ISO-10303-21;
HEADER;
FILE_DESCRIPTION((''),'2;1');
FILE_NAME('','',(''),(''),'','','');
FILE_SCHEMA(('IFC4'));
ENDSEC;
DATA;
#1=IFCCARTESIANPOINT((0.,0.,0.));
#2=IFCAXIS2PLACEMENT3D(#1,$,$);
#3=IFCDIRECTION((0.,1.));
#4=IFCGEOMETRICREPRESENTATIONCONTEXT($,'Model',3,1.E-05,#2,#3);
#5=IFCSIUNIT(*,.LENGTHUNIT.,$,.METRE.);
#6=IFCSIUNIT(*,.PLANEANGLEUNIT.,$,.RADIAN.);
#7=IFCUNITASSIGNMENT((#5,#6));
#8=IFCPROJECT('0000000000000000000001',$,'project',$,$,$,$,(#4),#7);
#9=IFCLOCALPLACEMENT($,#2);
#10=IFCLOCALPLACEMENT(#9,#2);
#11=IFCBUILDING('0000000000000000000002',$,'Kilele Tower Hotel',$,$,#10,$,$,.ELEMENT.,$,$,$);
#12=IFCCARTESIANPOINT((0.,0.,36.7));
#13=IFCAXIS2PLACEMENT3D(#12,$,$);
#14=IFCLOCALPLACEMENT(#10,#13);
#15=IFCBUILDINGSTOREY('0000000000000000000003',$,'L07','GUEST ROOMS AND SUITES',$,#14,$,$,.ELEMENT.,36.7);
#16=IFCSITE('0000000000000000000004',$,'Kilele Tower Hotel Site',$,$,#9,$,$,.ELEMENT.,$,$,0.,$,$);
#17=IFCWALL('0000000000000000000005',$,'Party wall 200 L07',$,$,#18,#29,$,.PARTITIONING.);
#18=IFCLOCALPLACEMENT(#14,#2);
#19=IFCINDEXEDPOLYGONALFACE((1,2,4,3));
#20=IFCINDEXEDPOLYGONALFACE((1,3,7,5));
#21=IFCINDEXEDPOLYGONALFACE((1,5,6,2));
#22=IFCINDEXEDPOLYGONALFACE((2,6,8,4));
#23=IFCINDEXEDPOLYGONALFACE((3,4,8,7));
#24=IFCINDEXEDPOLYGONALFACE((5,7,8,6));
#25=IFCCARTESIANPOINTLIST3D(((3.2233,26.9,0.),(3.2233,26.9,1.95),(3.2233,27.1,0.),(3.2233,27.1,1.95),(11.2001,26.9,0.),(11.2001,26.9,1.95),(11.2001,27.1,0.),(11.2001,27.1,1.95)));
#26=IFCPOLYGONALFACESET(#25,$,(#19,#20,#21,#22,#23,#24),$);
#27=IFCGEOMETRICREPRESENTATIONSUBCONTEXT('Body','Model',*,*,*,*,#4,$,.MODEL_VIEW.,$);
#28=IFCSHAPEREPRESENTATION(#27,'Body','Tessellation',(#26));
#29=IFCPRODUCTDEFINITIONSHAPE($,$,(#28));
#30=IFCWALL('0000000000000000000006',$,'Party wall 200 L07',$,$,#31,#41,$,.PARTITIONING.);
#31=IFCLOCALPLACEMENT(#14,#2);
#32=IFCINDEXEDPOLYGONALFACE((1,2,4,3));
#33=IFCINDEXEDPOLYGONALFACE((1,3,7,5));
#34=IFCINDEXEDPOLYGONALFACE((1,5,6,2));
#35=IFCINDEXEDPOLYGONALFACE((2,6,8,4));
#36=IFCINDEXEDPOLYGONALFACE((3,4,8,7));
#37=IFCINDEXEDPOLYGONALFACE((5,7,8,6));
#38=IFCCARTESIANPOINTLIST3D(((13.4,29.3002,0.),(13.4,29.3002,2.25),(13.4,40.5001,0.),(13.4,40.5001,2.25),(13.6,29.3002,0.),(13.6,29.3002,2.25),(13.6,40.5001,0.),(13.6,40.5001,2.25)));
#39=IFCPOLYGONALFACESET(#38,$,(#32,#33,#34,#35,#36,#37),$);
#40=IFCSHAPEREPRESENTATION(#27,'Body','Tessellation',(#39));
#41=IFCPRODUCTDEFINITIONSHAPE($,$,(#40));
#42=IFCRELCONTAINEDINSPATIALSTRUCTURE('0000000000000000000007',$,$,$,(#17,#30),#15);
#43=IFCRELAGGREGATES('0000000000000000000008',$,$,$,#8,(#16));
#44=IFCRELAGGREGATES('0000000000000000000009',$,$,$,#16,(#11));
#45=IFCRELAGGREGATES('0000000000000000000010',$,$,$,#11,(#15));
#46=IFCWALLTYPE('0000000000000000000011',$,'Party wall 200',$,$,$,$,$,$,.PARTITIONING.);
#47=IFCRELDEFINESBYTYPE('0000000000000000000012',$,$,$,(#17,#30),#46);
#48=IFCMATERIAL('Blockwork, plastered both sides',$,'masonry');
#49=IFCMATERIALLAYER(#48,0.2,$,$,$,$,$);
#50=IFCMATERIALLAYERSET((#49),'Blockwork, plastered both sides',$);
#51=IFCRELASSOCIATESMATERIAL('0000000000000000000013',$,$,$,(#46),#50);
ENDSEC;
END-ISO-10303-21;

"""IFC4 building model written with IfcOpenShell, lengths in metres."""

from ifc_helpers import new_model, si_unit, direction, frame, frame_2d, origin, place, context, subcontext, project, spatial, rectangle, extrude, material, layer, layer_set, type_object, element, save


model = new_model("IFC4")

# Units and contexts
model_context = context("Model", 3, precision=1e-05, world=origin(), true_north=direction((0.0, 1.0)))
body_context = subcontext(model_context, "Body", "Model", "MODEL_VIEW")
ifc_project = project(units=[si_unit("LENGTHUNIT", "METRE"), si_unit("PLANEANGLEUNIT", "RADIAN")], contexts=[model_context])

# Site, building, storey
site_placement = place(None, origin())
site = spatial("IfcSite", under=ifc_project, at=site_placement, Name="Kilele Tower Hotel Site", CompositionType="ELEMENT", RefElevation=0.0)
building_placement = place(site_placement, origin())
building = spatial("IfcBuilding", under=site, at=building_placement, Name="Kilele Tower Hotel", CompositionType="ELEMENT")
storey_placement = place(building_placement, frame((0.0, 0.0, 36.7)))
storey = spatial("IfcBuildingStorey", under=building, at=storey_placement, Name="L07", Description="GUEST ROOMS AND SUITES", CompositionType="ELEMENT", Elevation=36.7)

# Walls
ifc_material_1 = material(Name="Blockwork, plastered both sides", Category="masonry")
ifc_layer_1 = layer(ifc_material_1, 0.2)
ifc_layer_set_1 = layer_set([ifc_layer_1], Name="Blockwork, plastered both sides")
wall_type_1 = type_object("IfcWallType", Name="Party wall 200", PredefinedType="PARTITIONING", material=ifc_layer_set_1)
wall_1_placement = place(storey_placement, frame((11.2, 27.0, 0.0), z_axis=(0.0, 0.0, 1.0), x_axis=(-1.0, 0.0, 0.0)))
element("IfcWall", 1, at=wall_1_placement, inside=storey, type_object=wall_type_1, Name="Party wall 200 L07", PredefinedType="PARTITIONING", context=body_context, shape_type="SweptSolid", body=[
    extrude(rectangle(XDim=7.9768, YDim=0.2, at=frame_2d((3.9883, 0.0))), origin(), (0.0, 0.0, 1.0), 1.95),
])
wall_2_placement = place(storey_placement, frame((13.5, 29.3, 0.0), z_axis=(0.0, 0.0, 1.0), x_axis=(0.0, 1.0, 0.0)))
element("IfcWall", 2, at=wall_2_placement, inside=storey, type_object=wall_type_1, Name="Party wall 200 L07", PredefinedType="PARTITIONING", context=body_context, shape_type="SweptSolid", body=[
    extrude(rectangle(XDim=11.2, YDim=0.2, at=frame_2d((5.6001, 0.0))), origin(), (0.0, 0.0, 1.0), 2.25),
])

save(model, "model.ifc")
